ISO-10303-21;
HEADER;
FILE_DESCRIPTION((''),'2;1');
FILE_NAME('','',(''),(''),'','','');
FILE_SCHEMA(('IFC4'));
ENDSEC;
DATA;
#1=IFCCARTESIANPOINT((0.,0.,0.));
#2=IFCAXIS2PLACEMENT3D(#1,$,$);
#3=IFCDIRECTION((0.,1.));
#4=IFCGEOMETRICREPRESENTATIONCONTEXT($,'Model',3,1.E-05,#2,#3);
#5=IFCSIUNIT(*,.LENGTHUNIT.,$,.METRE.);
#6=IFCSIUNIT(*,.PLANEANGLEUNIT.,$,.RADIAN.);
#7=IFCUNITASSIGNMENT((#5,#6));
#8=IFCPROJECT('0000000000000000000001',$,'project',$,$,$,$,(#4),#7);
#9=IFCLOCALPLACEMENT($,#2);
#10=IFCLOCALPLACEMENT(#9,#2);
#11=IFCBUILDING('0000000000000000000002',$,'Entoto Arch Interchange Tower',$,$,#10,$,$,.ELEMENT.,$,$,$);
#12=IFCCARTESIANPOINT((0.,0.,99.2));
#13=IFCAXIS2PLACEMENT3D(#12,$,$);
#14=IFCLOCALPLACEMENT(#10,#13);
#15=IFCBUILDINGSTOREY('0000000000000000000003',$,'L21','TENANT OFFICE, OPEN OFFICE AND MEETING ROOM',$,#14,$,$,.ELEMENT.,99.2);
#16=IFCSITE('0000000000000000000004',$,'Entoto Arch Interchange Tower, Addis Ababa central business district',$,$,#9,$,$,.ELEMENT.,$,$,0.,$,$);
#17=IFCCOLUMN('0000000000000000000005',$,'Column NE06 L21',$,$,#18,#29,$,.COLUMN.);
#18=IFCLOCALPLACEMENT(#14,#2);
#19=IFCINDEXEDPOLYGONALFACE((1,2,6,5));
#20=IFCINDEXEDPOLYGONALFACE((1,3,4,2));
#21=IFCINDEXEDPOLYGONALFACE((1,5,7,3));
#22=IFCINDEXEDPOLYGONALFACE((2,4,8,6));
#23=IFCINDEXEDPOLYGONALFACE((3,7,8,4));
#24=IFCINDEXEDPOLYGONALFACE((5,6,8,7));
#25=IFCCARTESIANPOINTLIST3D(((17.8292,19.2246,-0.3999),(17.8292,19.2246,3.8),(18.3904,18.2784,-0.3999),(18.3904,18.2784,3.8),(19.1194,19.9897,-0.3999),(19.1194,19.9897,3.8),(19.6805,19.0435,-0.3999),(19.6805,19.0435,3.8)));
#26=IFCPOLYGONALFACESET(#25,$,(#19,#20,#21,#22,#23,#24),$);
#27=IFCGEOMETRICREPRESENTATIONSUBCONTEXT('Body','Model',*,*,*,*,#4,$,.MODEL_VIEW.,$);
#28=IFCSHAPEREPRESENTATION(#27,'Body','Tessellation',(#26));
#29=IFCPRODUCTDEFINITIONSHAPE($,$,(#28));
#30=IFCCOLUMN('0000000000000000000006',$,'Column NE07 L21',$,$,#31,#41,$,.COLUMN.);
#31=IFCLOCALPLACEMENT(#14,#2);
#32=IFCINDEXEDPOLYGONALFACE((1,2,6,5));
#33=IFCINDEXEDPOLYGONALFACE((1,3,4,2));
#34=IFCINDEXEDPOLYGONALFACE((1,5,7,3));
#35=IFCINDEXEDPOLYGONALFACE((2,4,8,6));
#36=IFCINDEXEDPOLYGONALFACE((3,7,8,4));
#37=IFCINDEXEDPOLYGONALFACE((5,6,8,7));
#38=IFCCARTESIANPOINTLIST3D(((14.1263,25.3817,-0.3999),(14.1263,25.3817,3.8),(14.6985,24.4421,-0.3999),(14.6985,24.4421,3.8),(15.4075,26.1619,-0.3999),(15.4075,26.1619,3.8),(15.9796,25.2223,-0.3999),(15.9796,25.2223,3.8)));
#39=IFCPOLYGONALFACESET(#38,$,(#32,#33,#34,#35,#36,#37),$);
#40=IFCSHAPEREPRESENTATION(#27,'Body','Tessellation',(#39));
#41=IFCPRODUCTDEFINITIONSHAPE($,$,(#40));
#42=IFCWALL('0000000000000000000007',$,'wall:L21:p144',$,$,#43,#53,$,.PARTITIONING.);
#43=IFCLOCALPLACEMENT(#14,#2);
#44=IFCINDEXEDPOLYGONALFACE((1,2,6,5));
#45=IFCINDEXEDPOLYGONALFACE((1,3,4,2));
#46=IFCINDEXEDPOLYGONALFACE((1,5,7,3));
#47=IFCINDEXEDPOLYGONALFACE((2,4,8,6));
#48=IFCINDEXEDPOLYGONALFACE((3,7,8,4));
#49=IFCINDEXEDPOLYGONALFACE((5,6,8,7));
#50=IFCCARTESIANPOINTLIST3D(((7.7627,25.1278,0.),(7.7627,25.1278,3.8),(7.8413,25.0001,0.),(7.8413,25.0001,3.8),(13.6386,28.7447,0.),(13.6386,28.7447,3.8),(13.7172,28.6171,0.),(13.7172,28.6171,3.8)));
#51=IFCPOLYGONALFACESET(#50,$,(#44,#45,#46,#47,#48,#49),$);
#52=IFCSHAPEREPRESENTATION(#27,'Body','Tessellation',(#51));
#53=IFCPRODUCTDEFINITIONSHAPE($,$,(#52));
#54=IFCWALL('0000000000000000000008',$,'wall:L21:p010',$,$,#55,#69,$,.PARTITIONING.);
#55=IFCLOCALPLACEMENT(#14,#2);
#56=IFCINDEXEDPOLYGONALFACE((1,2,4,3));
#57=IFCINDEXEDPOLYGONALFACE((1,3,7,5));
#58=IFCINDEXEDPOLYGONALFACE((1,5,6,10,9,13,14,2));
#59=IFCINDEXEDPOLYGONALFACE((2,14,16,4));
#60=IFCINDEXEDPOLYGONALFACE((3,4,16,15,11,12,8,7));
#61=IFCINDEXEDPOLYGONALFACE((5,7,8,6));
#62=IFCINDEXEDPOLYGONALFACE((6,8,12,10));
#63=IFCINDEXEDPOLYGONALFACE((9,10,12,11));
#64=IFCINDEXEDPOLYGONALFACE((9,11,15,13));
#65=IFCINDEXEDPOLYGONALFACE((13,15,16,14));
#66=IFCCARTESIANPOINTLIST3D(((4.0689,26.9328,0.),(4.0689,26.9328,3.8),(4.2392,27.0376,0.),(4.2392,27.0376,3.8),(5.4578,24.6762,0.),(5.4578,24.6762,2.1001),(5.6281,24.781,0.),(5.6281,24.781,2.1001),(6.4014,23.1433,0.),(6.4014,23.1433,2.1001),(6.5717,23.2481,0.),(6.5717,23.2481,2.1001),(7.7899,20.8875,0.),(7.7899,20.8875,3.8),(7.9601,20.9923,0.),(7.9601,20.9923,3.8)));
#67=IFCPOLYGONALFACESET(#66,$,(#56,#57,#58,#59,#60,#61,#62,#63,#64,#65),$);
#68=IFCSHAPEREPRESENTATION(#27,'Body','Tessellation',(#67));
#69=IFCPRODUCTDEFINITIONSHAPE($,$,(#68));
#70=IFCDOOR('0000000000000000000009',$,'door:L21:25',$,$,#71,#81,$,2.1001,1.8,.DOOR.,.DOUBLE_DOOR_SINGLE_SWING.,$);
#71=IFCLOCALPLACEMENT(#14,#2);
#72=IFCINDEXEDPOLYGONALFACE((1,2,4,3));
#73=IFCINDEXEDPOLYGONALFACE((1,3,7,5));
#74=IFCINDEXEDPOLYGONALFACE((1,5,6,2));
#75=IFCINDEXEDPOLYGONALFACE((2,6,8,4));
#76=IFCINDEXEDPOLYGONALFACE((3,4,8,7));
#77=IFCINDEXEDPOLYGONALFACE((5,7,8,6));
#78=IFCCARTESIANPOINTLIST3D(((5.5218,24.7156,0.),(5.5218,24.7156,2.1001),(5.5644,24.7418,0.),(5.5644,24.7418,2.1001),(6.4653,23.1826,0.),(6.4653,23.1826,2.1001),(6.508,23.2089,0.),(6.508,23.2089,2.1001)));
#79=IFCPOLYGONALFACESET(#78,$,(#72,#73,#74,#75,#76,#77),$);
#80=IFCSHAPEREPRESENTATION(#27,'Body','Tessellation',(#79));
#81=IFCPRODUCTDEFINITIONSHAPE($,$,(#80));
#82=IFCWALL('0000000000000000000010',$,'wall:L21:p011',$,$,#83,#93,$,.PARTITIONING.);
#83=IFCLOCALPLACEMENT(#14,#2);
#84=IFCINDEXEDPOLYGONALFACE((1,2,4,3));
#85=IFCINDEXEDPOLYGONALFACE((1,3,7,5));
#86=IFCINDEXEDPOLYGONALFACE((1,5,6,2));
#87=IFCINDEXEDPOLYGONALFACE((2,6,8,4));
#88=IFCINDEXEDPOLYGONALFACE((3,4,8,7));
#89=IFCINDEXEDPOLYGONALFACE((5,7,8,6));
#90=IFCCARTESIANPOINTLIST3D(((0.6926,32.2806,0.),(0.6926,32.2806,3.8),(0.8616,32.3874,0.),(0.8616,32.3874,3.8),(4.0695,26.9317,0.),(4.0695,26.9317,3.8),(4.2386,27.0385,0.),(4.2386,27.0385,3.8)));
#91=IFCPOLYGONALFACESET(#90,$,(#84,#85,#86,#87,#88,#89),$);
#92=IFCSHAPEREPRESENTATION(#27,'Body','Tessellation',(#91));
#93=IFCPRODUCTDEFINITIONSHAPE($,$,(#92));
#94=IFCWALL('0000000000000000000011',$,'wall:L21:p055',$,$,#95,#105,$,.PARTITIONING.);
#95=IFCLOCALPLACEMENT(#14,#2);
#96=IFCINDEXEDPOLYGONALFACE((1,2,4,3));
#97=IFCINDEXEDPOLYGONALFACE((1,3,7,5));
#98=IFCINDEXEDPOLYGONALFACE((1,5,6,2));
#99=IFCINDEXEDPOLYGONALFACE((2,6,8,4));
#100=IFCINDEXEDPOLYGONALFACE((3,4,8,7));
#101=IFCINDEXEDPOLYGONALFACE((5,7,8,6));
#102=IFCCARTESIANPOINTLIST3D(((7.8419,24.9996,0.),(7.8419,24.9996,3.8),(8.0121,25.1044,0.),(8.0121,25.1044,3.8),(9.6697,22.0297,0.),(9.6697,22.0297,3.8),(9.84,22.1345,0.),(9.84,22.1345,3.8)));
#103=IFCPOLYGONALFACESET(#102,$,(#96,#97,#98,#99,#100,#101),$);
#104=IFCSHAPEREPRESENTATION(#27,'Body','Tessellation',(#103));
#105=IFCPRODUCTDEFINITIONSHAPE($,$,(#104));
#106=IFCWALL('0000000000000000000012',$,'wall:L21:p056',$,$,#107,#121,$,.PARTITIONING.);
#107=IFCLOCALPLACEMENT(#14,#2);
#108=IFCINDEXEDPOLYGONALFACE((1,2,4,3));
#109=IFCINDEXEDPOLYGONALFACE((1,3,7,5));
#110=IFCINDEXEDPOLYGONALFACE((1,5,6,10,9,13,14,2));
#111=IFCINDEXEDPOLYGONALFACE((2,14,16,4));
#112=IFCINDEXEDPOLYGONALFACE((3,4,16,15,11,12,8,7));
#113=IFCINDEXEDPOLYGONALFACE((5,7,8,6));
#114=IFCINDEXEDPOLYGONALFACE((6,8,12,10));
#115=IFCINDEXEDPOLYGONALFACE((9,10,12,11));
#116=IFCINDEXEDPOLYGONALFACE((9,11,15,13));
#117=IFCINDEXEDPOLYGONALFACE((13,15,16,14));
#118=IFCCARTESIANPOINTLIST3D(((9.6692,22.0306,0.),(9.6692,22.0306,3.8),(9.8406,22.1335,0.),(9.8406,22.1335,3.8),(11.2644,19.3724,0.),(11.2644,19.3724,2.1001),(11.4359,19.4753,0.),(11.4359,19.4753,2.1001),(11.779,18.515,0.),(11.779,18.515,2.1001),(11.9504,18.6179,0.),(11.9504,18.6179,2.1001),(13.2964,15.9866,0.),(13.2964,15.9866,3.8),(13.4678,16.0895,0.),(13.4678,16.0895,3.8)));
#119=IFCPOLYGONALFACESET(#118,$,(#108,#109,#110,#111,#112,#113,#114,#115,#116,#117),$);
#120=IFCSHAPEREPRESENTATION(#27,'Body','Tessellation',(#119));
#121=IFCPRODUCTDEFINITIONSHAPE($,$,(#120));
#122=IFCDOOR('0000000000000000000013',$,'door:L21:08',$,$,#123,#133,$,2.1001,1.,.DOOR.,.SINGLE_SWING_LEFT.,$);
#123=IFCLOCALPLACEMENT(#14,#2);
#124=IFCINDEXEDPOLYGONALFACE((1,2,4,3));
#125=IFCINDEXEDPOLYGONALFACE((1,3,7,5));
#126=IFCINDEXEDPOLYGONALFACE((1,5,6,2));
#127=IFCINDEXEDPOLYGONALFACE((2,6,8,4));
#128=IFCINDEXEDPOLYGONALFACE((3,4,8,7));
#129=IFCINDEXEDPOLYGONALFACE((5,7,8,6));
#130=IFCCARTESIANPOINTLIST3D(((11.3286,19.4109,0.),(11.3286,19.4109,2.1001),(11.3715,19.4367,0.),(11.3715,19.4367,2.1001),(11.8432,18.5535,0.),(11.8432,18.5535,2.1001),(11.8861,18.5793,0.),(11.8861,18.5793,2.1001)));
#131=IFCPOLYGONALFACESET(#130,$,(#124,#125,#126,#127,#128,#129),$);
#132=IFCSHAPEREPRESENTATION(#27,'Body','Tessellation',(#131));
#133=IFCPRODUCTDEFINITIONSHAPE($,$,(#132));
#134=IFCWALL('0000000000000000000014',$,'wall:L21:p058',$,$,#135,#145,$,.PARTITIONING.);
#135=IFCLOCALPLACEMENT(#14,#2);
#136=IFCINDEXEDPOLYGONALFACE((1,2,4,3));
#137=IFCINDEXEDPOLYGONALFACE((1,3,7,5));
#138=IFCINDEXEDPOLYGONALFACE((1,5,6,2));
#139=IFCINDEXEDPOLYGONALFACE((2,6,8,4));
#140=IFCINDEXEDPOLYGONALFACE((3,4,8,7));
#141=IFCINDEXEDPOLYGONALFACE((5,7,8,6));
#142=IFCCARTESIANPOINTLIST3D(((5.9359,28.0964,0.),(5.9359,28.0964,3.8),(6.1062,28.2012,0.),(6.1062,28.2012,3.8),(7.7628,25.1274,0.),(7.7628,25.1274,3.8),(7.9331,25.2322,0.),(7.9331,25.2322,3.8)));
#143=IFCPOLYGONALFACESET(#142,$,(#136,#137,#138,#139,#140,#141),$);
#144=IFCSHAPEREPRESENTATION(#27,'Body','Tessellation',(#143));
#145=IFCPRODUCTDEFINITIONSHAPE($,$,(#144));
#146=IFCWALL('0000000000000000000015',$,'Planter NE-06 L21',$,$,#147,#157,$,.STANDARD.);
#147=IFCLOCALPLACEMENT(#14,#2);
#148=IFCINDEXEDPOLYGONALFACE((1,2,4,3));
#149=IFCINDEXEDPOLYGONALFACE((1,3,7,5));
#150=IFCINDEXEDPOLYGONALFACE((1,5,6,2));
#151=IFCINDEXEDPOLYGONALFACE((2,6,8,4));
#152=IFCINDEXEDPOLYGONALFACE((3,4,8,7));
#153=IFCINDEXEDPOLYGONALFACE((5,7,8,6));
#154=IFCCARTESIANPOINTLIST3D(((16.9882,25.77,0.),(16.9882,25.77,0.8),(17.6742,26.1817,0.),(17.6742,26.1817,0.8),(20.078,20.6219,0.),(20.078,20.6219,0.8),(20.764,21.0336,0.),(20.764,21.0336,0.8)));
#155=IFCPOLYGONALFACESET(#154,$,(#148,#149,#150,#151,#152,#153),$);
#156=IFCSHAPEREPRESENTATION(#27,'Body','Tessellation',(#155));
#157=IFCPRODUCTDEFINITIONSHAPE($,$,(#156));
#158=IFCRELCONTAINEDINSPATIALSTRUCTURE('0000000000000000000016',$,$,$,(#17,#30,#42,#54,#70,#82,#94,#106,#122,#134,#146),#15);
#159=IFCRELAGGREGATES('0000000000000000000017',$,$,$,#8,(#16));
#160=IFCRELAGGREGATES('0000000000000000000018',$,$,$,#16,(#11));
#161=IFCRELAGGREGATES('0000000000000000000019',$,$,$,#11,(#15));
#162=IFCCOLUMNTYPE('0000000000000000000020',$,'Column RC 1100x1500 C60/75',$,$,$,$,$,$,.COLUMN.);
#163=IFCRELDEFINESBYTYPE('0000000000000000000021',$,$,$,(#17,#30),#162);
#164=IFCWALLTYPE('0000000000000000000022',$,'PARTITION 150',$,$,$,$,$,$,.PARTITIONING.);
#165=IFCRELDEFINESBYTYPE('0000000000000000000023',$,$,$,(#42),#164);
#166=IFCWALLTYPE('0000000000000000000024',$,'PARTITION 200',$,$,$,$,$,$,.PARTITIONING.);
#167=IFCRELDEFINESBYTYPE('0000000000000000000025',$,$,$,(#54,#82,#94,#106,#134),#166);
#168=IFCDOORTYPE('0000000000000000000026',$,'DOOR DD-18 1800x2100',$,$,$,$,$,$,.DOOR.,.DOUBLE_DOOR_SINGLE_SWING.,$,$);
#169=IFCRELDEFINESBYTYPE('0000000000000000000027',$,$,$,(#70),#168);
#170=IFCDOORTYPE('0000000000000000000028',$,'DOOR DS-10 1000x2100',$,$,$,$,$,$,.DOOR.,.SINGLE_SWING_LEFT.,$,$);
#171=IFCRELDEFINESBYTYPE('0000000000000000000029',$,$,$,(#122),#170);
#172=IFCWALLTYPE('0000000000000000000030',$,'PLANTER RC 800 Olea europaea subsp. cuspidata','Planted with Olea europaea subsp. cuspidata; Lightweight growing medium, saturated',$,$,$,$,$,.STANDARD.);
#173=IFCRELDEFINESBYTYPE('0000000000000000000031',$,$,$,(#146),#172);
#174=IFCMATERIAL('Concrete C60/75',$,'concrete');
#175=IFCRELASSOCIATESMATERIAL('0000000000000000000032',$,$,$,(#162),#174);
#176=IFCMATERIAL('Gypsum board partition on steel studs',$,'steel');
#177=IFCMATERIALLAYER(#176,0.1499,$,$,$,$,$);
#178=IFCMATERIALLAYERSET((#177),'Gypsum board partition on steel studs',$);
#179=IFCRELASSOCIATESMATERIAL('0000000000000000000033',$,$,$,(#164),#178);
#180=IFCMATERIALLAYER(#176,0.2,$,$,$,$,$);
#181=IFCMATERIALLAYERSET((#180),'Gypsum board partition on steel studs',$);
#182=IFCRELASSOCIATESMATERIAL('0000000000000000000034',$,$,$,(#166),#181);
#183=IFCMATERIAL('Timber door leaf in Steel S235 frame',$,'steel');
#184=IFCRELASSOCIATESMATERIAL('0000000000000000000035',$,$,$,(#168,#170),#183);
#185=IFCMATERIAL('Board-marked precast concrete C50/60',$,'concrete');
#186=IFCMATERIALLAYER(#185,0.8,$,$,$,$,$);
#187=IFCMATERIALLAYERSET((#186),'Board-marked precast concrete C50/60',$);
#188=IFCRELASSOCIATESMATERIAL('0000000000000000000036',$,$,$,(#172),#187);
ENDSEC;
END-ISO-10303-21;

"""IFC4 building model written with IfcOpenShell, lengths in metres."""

from ifc_helpers import new_model, si_unit, direction, frame, frame_2d, origin, origin_2d, place, context, subcontext, project, spatial, rectangle, extrude, material, layer, layer_set, material_profile, profile_set, type_object, element, fill, save


model = new_model("IFC4")

# Units and contexts
model_context = context("Model", 3, precision=1e-05, world=origin(), true_north=direction((0.0, 1.0)))
body_context = subcontext(model_context, "Body", "Model", "MODEL_VIEW")
ifc_project = project(units=[si_unit("LENGTHUNIT", "METRE"), si_unit("PLANEANGLEUNIT", "RADIAN")], contexts=[model_context])

# Site, building, storey
site_placement = place(None, origin())
site = spatial("IfcSite", under=ifc_project, at=site_placement, Name="Entoto Arch Interchange Tower, Addis Ababa central business district", CompositionType="ELEMENT", RefElevation=0.0)
building_placement = place(site_placement, origin())
building = spatial("IfcBuilding", under=site, at=building_placement, Name="Entoto Arch Interchange Tower", CompositionType="ELEMENT")
storey_placement = place(building_placement, frame((0.0, 0.0, 99.2)))
storey = spatial("IfcBuildingStorey", under=building, at=storey_placement, Name="L21", Description="TENANT OFFICE, OPEN OFFICE AND MEETING ROOM", CompositionType="ELEMENT", Elevation=99.2)

# Columns
ifc_material_1 = material(Name="Concrete C60/75", Category="concrete")
ifc_material_profile = material_profile(ifc_material_1, rectangle(XDim=1.1001, YDim=1.5, at=origin_2d()))
ifc_profile_set = profile_set([ifc_material_profile], Name="Concrete C60/75")
column_type = type_object("IfcColumnType", Name="Column RC 1100x1500 C60/75", PredefinedType="COLUMN", material=ifc_profile_set)
for number, where, z_axis, x_axis, name in (
    (1, (18.7549, 19.134, -0.3999), (0.0, 0.0, 1.0), (-0.510093, 0.860119, 0.0), "Column NE06 L21"),
    (2, (15.053, 25.302, -0.3999), (0.0, 0.0, 1.0), (-0.520116, 0.854096, 0.0), "Column NE07 L21"),
):
    element("IfcColumn", number, at=place(storey_placement, frame(where, z_axis=z_axis, x_axis=x_axis)), inside=storey, type_object=column_type, Name=name, PredefinedType="COLUMN", context=body_context, shape_type="SweptSolid", body=[
        extrude(rectangle(XDim=1.1001, YDim=1.5, at=origin_2d()), origin(), (0.0, 0.0, 1.0), 4.2),
    ])

# Wall
ifc_material_2 = material(Name="Gypsum board partition on steel studs", Category="steel")
ifc_layer_1 = layer(ifc_material_2, 0.1499)
ifc_layer_set_1 = layer_set([ifc_layer_1], Name="Gypsum board partition on steel studs")
wall_type_1 = type_object("IfcWallType", Name="PARTITION 150", PredefinedType="PARTITIONING", material=ifc_layer_set_1)
wall_1_placement = place(storey_placement, frame((7.802, 25.064, 0.0), z_axis=(0.0, 0.0, 1.0), x_axis=(0.851596, 0.524198, 0.0)))
element("IfcWall", 3, at=wall_1_placement, inside=storey, type_object=wall_type_1, Name="wall:L21:p144", PredefinedType="PARTITIONING", context=body_context, shape_type="SweptSolid", body=[
    extrude(rectangle(XDim=6.8999, YDim=0.1499, at=frame_2d((3.45, 0.0))), origin(), (0.0, 0.0, 1.0), 3.8),
])

# Wall, opening, door
ifc_layer_2 = layer(ifc_material_2, 0.2)
ifc_layer_set_2 = layer_set([ifc_layer_2], Name="Gypsum board partition on steel studs")
wall_type_2 = type_object("IfcWallType", Name="PARTITION 200", PredefinedType="PARTITIONING", material=ifc_layer_set_2)
wall_2_placement = place(storey_placement, frame((7.875, 20.9399, 0.0), z_axis=(0.0, 0.0, 1.0), x_axis=(-0.524184, 0.851605, 0.0)))
wall_2 = element("IfcWall", 4, at=wall_2_placement, inside=storey, type_object=wall_type_2, Name="wall:L21:p010", PredefinedType="PARTITIONING", context=body_context, shape_type="SweptSolid", body=[
    extrude(rectangle(XDim=7.0986, YDim=0.2, at=frame_2d((3.5493, 0.0))), origin(), (0.0, 0.0, 1.0), 3.8),
])
opening_1_placement = place(wall_2_placement, frame((2.6489, 0.0, 0.0)))
opening_1 = element("IfcOpeningElement", 5, at=opening_1_placement, cuts=wall_2, PredefinedType="OPENING", context=body_context, shape_type="SweptSolid", body=[
    extrude(rectangle(XDim=1.8, YDim=2.1001, at=frame_2d((0.8999, 1.05))), frame((0.0, 0.1099, 0.0), z_axis=(0.0, -1.0, 0.0), x_axis=(1.0, 0.0, 0.0)), (0.0, 0.0, 1.0), 0.22),
])
ifc_material_3 = material(Name="Timber door leaf in Steel S235 frame", Category="steel")
door_type_1 = type_object("IfcDoorType", Name="DOOR DD-18 1800x2100", OperationType="DOUBLE_DOOR_SINGLE_SWING", PredefinedType="DOOR", material=ifc_material_3)
door_1_placement = place(opening_1_placement, origin())
door_1 = element("IfcDoor", 6, at=door_1_placement, inside=storey, type_object=door_type_1, Name="door:L21:25", OperationType="DOUBLE_DOOR_SINGLE_SWING", OverallHeight=2.1001, OverallWidth=1.8, PredefinedType="DOOR", context=body_context, shape_type="SweptSolid", body=[
    extrude(rectangle(XDim=1.8, YDim=2.1001, at=frame_2d((0.8999, 1.05))), frame((0.0, 0.0249, 0.0), z_axis=(0.0, -1.0, 0.0), x_axis=(1.0, 0.0, 0.0)), (0.0, 0.0, 1.0), 0.05),
])
fill(opening_1, door_1)

# Walls
wall_3_placement = place(storey_placement, frame((4.1541, 26.9851, 0.0), z_axis=(0.0, 0.0, 1.0), x_axis=(-0.533848, 0.845581, 0.0)))
element("IfcWall", 7, at=wall_3_placement, inside=storey, type_object=wall_type_2, Name="wall:L21:p011", PredefinedType="PARTITIONING", context=body_context, shape_type="SweptSolid", body=[
    extrude(rectangle(XDim=6.3257, YDim=0.2, at=frame_2d((3.1628, 0.0))), origin(), (0.0, 0.0, 1.0), 3.8),
])
wall_4_placement = place(storey_placement, frame((7.927, 25.052, 0.0), z_axis=(0.0, 0.0, 1.0), x_axis=(0.52414, -0.851632, 0.0)))
element("IfcWall", 8, at=wall_4_placement, inside=storey, type_object=wall_type_2, Name="wall:L21:p055", PredefinedType="PARTITIONING", context=body_context, shape_type="SweptSolid", body=[
    extrude(rectangle(XDim=3.4873, YDim=0.2, at=frame_2d((1.7437, 0.0))), origin(), (0.0, 0.0, 1.0), 3.8),
])

# Wall, opening, door
wall_5_placement = place(storey_placement, frame((9.7549, 22.082, 0.0), z_axis=(0.0, 0.0, 1.0), x_axis=(0.514582, -0.857441, 0.0)))
wall_5 = element("IfcWall", 9, at=wall_5_placement, inside=storey, type_object=wall_type_2, Name="wall:L21:p056", PredefinedType="PARTITIONING", context=body_context, shape_type="SweptSolid", body=[
    extrude(rectangle(XDim=7.0488, YDim=0.2, at=frame_2d((3.5244, 0.0))), origin(), (0.0, 0.0, 1.0), 3.8),
])
opening_2_placement = place(wall_5_placement, frame((3.1001, 0.0, 0.0)))
opening_2 = element("IfcOpeningElement", 10, at=opening_2_placement, cuts=wall_5, PredefinedType="OPENING", context=body_context, shape_type="SweptSolid", body=[
    extrude(rectangle(XDim=1.0, YDim=2.1001, at=frame_2d((0.5, 1.05))), frame((0.0, 0.1099, 0.0), z_axis=(0.0, -1.0, 0.0), x_axis=(1.0, 0.0, 0.0)), (0.0, 0.0, 1.0), 0.22),
])
door_type_2 = type_object("IfcDoorType", Name="DOOR DS-10 1000x2100", OperationType="SINGLE_SWING_LEFT", PredefinedType="DOOR", material=ifc_material_3)
door_2_placement = place(opening_2_placement, origin())
door_2 = element("IfcDoor", 11, at=door_2_placement, inside=storey, type_object=door_type_2, Name="door:L21:08", OperationType="SINGLE_SWING_LEFT", OverallHeight=2.1001, OverallWidth=1.0, PredefinedType="DOOR", context=body_context, shape_type="SweptSolid", body=[
    extrude(rectangle(XDim=1.0, YDim=2.1001, at=frame_2d((0.5, 1.05))), frame((0.0, 0.0249, 0.0), z_axis=(0.0, -1.0, 0.0), x_axis=(1.0, 0.0, 0.0)), (0.0, 0.0, 1.0), 0.05),
])
fill(opening_2, door_2)

# Walls
wall_6_placement = place(storey_placement, frame((6.021, 28.1489, 0.0), z_axis=(0.0, 0.0, 1.0), x_axis=(0.524062, -0.85168, 0.0)))
element("IfcWall", 12, at=wall_6_placement, inside=storey, type_object=wall_type_2, Name="wall:L21:p058", PredefinedType="PARTITIONING", context=body_context, shape_type="SweptSolid", body=[
    extrude(rectangle(XDim=3.4861, YDim=0.2, at=frame_2d((1.7432, 0.0))), origin(), (0.0, 0.0, 1.0), 3.8),
])
ifc_material_4 = material(Name="Board-marked precast concrete C50/60", Category="concrete")
ifc_layer_3 = layer(ifc_material_4, 0.8)
ifc_layer_set_3 = layer_set([ifc_layer_3], Name="Board-marked precast concrete C50/60")
wall_type_3 = type_object("IfcWallType", Name="PLANTER RC 800 Olea europaea subsp. cuspidata", Description="Planted with Olea europaea subsp. cuspidata; Lightweight growing medium, saturated", PredefinedType="STANDARD", material=ifc_layer_set_3)
wall_7_placement = place(storey_placement, frame((20.4209, 20.8279, 0.0), z_axis=(0.0, 0.0, 1.0), x_axis=(-0.514609, 0.857425, 0.0)))
element("IfcWall", 13, at=wall_7_placement, inside=storey, type_object=wall_type_3, Name="Planter NE-06 L21", PredefinedType="STANDARD", context=body_context, shape_type="SweptSolid", body=[
    extrude(rectangle(XDim=6.0042, YDim=0.8, at=frame_2d((3.002, 0.0))), origin(), (0.0, 0.0, 1.0), 0.8),
])

save(model, "model.ifc")
